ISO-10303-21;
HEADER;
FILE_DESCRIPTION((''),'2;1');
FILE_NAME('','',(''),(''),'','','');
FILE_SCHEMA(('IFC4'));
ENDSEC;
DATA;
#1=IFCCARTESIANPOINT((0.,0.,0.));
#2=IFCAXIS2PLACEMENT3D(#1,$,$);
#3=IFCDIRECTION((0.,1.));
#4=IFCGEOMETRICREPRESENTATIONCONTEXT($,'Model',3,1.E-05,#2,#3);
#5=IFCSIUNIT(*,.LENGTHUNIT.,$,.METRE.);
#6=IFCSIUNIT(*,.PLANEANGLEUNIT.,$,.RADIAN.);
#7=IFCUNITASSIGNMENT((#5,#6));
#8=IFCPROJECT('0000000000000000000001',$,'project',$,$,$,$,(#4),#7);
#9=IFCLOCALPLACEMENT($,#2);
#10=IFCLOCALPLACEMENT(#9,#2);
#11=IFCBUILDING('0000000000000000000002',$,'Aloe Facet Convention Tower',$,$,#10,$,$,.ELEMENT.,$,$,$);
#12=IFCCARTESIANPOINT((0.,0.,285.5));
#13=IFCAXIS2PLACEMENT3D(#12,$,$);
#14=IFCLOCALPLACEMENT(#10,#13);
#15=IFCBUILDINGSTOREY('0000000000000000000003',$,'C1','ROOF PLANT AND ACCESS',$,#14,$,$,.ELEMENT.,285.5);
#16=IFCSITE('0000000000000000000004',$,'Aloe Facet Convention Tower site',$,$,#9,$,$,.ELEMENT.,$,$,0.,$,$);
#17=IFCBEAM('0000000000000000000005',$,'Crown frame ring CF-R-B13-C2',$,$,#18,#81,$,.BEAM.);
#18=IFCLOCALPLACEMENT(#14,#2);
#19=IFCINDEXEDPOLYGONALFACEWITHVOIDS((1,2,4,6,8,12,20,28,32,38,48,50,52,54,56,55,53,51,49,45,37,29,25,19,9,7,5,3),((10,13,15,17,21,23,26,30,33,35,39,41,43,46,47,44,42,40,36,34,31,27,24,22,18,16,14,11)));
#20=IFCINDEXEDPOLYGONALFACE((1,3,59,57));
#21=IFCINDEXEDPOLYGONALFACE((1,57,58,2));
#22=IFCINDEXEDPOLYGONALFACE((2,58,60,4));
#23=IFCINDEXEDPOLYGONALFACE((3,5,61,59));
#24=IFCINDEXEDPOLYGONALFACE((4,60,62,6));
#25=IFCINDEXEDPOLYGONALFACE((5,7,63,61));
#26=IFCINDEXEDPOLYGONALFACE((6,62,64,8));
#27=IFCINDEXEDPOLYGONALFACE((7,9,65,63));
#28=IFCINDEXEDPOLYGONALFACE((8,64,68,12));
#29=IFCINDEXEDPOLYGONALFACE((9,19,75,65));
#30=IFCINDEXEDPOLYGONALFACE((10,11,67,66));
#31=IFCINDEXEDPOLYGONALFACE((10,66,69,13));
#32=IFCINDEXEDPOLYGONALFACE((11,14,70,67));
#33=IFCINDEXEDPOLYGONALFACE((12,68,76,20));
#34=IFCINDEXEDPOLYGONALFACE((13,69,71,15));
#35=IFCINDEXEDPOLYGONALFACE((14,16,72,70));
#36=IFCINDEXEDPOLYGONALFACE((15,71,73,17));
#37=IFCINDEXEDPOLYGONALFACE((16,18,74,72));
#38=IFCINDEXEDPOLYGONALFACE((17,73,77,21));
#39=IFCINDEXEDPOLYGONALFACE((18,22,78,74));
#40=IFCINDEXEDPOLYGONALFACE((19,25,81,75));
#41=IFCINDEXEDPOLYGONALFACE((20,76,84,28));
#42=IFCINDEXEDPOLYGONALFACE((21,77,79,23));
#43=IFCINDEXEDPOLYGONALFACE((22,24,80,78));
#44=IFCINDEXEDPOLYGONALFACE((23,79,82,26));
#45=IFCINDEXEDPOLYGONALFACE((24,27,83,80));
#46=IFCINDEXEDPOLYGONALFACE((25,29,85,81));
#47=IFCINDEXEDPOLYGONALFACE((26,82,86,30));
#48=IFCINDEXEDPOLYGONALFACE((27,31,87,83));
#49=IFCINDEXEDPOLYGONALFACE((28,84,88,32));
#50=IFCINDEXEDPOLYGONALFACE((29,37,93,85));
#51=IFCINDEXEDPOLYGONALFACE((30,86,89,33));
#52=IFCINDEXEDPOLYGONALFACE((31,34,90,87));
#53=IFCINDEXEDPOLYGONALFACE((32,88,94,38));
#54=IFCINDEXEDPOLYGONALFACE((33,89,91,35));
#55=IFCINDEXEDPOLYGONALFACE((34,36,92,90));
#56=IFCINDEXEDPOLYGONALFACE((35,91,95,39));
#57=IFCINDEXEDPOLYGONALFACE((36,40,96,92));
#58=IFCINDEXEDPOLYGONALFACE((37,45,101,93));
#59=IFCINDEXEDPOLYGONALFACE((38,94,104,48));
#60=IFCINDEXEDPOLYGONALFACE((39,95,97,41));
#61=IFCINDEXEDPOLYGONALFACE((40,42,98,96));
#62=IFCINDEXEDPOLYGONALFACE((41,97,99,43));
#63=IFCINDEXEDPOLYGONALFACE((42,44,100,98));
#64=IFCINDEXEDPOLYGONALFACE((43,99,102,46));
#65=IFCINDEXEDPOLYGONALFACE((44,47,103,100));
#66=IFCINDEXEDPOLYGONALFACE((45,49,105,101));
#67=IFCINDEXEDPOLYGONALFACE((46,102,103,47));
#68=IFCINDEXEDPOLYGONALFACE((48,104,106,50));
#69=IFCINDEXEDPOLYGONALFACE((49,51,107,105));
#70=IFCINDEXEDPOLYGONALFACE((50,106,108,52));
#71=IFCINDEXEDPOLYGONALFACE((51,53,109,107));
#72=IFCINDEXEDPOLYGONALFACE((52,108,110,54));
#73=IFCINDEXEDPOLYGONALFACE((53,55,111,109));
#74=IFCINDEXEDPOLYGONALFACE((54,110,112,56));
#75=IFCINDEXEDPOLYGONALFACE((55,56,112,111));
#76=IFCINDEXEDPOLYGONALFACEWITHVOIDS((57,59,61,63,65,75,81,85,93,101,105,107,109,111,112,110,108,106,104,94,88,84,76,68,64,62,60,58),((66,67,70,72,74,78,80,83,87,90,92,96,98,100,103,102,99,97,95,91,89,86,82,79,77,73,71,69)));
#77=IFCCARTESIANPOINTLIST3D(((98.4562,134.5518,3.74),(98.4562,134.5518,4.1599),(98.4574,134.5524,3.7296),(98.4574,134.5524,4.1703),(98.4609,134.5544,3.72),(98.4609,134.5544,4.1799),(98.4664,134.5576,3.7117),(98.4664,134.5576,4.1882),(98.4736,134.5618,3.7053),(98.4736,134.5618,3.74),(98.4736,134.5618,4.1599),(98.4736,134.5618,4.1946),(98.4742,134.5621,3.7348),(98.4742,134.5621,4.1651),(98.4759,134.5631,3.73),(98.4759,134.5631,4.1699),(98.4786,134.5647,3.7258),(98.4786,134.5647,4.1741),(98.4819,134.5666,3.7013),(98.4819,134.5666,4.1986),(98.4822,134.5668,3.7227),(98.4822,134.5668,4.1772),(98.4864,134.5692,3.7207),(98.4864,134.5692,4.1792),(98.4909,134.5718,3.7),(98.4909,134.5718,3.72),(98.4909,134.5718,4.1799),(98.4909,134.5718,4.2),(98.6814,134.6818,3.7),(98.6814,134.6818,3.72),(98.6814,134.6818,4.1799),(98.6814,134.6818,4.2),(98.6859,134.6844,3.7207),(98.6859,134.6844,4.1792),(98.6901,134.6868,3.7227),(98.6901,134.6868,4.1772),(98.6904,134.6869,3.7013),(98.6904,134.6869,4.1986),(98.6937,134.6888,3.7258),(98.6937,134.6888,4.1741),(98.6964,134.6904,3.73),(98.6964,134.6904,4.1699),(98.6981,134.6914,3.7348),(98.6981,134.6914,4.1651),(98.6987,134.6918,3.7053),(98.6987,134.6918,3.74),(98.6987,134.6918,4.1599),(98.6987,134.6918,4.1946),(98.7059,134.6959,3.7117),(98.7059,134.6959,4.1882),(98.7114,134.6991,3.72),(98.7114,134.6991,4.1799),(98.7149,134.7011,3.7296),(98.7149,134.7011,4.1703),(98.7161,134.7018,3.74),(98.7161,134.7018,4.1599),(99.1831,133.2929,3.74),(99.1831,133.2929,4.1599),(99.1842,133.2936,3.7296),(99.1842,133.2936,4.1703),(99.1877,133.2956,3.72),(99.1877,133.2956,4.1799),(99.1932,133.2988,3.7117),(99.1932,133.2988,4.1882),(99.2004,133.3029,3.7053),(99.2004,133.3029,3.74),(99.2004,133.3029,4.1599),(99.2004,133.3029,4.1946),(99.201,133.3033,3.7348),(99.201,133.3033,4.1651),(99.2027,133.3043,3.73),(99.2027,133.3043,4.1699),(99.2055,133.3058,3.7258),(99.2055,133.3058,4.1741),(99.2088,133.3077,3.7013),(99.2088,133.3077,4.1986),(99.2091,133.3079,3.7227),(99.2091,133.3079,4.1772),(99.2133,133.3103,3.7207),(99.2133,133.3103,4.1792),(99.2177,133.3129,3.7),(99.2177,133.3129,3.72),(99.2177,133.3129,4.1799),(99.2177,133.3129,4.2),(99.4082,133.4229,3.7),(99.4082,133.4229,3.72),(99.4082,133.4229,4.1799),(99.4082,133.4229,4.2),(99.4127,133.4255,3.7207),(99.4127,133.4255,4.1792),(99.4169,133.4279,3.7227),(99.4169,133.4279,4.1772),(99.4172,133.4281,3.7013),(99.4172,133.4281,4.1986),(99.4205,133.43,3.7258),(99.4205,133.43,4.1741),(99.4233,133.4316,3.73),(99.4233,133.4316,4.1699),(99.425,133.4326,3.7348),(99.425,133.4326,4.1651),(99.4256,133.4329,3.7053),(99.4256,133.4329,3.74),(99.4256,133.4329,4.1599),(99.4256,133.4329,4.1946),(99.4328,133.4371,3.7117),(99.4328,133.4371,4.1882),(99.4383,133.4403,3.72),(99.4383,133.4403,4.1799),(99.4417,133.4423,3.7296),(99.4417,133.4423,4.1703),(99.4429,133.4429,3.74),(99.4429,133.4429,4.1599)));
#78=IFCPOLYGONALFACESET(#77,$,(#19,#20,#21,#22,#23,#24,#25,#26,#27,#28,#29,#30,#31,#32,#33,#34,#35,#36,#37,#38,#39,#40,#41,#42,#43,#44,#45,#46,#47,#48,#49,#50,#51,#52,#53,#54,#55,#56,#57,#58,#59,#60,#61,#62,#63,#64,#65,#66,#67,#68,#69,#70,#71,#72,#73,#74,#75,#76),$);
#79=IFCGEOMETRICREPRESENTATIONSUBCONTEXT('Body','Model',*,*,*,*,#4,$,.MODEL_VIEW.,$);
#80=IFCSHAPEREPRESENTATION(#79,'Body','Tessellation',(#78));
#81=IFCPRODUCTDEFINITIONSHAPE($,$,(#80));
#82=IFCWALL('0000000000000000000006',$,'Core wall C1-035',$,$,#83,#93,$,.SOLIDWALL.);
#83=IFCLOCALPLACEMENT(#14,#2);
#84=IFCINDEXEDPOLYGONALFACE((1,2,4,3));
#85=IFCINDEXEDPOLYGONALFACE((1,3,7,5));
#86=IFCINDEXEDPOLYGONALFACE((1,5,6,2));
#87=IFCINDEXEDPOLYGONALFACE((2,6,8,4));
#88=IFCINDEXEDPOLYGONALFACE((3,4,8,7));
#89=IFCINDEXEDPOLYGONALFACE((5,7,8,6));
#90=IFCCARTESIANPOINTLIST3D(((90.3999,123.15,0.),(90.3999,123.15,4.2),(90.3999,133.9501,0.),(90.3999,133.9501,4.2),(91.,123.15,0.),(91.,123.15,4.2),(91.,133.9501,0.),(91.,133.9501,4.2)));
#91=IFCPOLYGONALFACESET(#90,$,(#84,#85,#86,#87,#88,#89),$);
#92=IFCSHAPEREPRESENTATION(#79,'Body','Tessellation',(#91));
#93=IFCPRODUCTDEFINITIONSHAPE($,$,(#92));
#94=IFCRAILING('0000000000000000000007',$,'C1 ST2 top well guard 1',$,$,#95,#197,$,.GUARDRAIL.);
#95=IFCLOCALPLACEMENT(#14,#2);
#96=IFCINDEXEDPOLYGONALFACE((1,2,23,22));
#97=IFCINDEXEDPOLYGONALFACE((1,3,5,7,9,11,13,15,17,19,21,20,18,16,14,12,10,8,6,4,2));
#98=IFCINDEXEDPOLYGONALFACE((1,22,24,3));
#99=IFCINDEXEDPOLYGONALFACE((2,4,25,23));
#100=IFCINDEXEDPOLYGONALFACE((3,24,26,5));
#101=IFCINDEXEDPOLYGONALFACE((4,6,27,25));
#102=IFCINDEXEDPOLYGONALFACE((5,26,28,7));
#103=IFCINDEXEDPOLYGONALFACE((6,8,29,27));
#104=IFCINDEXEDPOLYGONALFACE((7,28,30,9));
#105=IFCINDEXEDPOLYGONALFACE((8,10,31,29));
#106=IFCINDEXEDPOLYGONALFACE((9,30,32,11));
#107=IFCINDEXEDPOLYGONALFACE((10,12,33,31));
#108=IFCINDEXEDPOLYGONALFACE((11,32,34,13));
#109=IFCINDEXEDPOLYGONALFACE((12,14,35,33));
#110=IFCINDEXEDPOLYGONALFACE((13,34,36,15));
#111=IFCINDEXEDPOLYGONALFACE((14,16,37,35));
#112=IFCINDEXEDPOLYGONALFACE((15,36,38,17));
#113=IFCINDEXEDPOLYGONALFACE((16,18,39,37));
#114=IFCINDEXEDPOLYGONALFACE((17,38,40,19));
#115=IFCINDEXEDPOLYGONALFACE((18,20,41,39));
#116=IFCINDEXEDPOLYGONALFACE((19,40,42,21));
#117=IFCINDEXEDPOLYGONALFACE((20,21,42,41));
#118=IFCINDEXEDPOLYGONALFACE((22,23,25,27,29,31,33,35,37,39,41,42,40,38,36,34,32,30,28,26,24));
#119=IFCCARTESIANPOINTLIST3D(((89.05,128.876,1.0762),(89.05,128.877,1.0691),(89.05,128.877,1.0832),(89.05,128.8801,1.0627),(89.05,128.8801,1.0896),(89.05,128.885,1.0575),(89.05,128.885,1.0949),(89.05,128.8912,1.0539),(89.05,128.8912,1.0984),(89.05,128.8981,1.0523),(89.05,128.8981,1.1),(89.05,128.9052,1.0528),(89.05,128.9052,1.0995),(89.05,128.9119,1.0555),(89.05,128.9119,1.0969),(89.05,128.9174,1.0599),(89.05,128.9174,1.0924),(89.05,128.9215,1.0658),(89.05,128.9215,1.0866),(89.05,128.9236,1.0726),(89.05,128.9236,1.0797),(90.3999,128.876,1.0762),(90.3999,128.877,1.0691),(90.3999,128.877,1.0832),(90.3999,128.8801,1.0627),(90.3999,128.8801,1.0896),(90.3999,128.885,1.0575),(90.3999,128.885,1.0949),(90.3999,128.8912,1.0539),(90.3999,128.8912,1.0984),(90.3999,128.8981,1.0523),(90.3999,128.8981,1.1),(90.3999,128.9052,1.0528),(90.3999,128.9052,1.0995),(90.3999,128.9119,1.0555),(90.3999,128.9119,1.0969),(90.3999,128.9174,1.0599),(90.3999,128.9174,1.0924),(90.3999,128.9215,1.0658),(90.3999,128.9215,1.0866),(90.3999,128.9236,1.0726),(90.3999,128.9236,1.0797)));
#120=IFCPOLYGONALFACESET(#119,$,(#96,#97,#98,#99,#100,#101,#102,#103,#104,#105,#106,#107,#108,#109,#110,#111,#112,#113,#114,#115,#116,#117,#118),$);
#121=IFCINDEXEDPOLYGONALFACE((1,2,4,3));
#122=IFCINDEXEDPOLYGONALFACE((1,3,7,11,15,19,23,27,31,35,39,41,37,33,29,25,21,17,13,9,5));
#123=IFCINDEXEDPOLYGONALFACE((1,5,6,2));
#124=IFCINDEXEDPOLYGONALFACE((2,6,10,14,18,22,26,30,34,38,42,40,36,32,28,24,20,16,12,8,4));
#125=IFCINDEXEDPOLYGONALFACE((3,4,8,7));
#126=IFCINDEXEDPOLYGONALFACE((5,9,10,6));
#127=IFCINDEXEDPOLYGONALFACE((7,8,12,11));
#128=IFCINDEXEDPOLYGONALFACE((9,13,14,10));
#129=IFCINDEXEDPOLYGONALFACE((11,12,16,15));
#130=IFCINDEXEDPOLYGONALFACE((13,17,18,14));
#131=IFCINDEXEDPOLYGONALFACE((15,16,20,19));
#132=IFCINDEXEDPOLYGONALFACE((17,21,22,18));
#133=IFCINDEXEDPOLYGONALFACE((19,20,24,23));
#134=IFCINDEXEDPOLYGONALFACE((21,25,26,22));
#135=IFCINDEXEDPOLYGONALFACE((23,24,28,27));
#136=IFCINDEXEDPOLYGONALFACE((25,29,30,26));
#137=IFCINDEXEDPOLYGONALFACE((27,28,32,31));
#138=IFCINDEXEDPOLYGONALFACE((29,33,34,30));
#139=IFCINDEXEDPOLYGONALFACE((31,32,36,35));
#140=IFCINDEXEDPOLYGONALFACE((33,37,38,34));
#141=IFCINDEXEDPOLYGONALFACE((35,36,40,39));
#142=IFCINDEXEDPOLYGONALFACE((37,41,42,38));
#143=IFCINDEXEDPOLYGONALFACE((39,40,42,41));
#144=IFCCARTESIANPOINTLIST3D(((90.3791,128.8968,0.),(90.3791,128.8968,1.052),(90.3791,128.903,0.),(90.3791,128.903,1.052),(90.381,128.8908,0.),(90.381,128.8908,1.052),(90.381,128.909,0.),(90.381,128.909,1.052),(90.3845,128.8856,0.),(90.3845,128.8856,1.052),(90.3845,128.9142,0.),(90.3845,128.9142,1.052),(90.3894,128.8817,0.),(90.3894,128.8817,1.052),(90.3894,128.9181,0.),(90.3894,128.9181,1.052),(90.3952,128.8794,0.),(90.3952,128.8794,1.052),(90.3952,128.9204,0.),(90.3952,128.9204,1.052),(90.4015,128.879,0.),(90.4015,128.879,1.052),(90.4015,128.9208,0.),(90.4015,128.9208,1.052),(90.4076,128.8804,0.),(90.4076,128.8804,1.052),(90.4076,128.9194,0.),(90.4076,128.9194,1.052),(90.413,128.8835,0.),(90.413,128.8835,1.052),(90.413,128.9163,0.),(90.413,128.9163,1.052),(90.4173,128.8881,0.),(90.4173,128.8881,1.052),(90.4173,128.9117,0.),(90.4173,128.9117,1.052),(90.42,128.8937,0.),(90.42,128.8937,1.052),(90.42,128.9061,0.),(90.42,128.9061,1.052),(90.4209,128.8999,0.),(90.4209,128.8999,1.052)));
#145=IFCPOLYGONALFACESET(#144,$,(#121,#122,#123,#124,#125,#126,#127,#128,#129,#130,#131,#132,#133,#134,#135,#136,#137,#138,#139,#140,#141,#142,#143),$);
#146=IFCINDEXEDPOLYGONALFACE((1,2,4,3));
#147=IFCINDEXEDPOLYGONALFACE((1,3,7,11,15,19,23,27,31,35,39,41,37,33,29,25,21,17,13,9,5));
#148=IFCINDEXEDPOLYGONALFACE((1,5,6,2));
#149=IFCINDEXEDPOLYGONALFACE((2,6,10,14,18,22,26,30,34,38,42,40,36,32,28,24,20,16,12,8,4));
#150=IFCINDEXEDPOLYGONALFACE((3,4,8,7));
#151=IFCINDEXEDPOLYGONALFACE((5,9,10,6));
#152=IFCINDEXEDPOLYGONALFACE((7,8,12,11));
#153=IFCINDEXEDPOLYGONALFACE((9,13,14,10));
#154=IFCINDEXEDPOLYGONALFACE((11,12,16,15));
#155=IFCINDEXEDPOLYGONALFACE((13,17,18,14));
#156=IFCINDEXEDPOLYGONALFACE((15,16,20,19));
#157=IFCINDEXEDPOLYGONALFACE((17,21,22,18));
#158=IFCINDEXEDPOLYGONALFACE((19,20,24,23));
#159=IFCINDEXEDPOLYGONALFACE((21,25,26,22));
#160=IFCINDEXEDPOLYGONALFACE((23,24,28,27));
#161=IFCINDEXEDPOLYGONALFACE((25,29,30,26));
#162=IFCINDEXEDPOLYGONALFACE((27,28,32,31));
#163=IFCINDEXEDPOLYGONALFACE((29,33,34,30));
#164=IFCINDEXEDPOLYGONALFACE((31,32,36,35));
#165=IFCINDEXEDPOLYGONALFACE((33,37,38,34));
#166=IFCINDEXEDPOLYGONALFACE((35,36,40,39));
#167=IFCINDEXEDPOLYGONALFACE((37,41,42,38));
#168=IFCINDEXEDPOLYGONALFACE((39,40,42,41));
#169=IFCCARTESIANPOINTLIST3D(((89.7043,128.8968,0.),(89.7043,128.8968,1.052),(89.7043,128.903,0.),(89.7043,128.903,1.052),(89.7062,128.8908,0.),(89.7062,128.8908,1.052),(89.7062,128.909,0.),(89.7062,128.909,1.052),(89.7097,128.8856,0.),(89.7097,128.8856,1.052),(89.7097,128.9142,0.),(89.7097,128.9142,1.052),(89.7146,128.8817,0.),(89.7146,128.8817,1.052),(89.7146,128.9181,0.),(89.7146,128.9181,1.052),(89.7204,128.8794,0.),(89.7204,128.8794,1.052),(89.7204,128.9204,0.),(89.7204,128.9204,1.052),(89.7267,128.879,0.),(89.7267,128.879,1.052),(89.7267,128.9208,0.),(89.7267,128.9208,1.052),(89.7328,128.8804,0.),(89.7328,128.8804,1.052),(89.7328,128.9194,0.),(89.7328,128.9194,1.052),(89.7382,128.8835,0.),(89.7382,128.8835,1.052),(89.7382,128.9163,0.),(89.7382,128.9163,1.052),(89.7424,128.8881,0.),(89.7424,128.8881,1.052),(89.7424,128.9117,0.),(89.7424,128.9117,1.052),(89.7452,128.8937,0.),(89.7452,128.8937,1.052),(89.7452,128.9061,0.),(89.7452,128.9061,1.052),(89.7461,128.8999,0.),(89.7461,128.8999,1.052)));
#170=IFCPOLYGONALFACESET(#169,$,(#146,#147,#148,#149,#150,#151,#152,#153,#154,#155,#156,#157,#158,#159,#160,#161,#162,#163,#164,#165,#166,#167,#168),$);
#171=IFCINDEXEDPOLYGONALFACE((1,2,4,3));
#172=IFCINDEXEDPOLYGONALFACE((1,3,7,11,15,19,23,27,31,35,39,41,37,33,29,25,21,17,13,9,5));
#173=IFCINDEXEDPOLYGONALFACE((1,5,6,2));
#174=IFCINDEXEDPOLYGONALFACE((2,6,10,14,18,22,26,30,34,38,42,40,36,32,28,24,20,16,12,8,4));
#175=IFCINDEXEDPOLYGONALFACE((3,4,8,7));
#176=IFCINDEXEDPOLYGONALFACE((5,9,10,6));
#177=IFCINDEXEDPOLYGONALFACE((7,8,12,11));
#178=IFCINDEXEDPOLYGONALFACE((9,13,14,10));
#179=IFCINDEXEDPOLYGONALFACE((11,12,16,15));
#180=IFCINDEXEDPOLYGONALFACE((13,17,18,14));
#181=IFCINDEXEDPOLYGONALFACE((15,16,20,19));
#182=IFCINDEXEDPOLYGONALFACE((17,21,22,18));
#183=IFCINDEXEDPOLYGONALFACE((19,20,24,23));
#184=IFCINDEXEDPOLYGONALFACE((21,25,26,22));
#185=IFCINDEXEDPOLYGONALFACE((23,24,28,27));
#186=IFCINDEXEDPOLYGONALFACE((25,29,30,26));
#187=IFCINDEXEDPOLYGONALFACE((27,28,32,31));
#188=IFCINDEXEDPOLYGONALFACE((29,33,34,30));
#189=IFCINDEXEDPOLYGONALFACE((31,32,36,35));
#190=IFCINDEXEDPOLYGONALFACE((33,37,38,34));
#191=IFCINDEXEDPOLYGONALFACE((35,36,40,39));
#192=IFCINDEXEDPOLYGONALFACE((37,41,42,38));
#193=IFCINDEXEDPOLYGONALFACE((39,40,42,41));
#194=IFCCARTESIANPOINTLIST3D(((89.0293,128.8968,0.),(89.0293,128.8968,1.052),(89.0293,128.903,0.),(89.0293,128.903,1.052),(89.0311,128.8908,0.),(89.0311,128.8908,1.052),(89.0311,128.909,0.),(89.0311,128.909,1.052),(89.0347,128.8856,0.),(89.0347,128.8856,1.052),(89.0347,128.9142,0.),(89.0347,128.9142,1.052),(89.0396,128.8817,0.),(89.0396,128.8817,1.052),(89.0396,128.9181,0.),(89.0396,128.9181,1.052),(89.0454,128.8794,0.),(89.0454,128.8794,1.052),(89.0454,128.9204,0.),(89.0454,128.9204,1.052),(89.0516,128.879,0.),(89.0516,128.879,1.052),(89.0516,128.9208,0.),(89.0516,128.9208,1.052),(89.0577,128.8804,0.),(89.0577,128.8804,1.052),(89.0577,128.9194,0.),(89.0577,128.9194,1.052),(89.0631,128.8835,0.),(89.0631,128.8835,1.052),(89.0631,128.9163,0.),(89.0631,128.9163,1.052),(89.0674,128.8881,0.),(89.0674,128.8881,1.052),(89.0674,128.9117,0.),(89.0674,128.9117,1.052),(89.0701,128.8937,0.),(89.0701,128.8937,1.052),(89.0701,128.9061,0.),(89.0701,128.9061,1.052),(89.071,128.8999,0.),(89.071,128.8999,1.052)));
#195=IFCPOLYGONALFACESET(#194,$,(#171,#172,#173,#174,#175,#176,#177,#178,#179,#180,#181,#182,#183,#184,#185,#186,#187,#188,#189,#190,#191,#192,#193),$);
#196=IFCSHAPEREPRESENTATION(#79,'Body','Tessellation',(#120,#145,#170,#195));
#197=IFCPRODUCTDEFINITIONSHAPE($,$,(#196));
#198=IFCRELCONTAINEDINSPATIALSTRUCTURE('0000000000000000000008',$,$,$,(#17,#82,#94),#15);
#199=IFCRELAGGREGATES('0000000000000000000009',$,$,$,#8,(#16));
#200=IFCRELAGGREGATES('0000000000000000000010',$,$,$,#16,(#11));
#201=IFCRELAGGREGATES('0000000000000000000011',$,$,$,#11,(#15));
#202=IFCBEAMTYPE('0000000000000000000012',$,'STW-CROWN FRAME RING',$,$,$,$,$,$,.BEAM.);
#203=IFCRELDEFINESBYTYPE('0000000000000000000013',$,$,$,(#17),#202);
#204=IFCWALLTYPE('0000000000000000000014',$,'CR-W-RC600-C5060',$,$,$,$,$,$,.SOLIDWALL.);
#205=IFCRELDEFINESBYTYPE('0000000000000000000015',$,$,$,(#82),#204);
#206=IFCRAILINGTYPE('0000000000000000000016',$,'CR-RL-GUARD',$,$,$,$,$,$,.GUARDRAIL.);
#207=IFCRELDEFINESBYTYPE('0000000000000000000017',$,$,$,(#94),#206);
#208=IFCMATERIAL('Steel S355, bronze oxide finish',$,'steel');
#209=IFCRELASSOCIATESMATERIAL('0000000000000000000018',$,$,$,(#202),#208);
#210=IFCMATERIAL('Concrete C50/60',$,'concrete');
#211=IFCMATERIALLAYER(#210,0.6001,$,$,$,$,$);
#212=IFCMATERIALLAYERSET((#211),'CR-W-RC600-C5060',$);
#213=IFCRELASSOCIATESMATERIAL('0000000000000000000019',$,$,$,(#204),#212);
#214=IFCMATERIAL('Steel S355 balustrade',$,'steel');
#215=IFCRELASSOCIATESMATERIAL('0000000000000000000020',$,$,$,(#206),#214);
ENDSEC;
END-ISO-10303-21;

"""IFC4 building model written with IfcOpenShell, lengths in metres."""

from ifc_helpers import new_model, si_unit, direction, frame, frame_2d, origin, origin_2d, place, context, subcontext, project, spatial, rectangle, hollow_rectangle, circle, extrude, material, layer, layer_set, material_profile, profile_set, type_object, element, save


model = new_model("IFC4")

# Units and contexts
model_context = context("Model", 3, precision=1e-05, world=origin(), true_north=direction((0.0, 1.0)))
body_context = subcontext(model_context, "Body", "Model", "MODEL_VIEW")
ifc_project = project(units=[si_unit("LENGTHUNIT", "METRE"), si_unit("PLANEANGLEUNIT", "RADIAN")], contexts=[model_context])

# Site, building, storey
site_placement = place(None, origin())
site = spatial("IfcSite", under=ifc_project, at=site_placement, Name="Aloe Facet Convention Tower site", CompositionType="ELEMENT", RefElevation=0.0)
building_placement = place(site_placement, origin())
building = spatial("IfcBuilding", under=site, at=building_placement, Name="Aloe Facet Convention Tower", CompositionType="ELEMENT")
storey_placement = place(building_placement, frame((0.0, 0.0, 285.5)))
storey = spatial("IfcBuildingStorey", under=building, at=storey_placement, Name="C1", Description="ROOF PLANT AND ACCESS", CompositionType="ELEMENT", Elevation=285.5)

# Beam
ifc_material_1 = material(Name="Steel S355, bronze oxide finish", Category="steel")
ifc_material_profile_1 = material_profile(ifc_material_1, hollow_rectangle(XDim=0.3, YDim=0.5, WallThickness=0.02, InnerFilletRadius=0.02, OuterFilletRadius=0.04, at=origin_2d()), Name="RHS 500x300x20")
ifc_profile_set_1 = profile_set([ifc_material_profile_1], Name="Steel S355, bronze oxide finish")
beam_type = type_object("IfcBeamType", Name="STW-CROWN FRAME RING", PredefinedType="BEAM", material=ifc_profile_set_1)
for number, where, z_axis, x_axis, name in (
    (1, (99.313, 133.3679, 3.95), (-0.500023, 0.866012, 0.0), (-0.866012, -0.500023, 0.0), "Crown frame ring CF-R-B13-C2"),
):
    element("IfcBeam", number, at=place(storey_placement, frame(where, z_axis=z_axis, x_axis=x_axis)), inside=storey, type_object=beam_type, Name=name, PredefinedType="BEAM", context=body_context, shape_type="SweptSolid", body=[
        extrude(hollow_rectangle(XDim=0.3, YDim=0.5, WallThickness=0.02, InnerFilletRadius=0.02, OuterFilletRadius=0.04, at=origin_2d()), origin(), (0.0, 0.0, 1.0), 1.4536),
    ])

# Wall
ifc_material_2 = material(Name="Concrete C50/60", Category="concrete")
ifc_layer_1 = layer(ifc_material_2, 0.6001)
ifc_layer_set_1 = layer_set([ifc_layer_1], Name="CR-W-RC600-C5060")
wall_type = type_object("IfcWallType", Name="CR-W-RC600-C5060", PredefinedType="SOLIDWALL", material=ifc_layer_set_1)
wall_placement = place(storey_placement, frame((90.7, 133.95, 0.0), z_axis=(0.0, 0.0, 1.0), x_axis=(0.0, -1.0, 0.0)))
element("IfcWall", 2, at=wall_placement, inside=storey, type_object=wall_type, Name="Core wall C1-035", PredefinedType="SOLIDWALL", context=body_context, shape_type="SweptSolid", body=[
    extrude(rectangle(XDim=10.8, YDim=0.6001, at=frame_2d((5.3999, 0.0))), origin(), (0.0, 0.0, 1.0), 4.2),
])

# Railing
ifc_material_3 = material(Name="Steel S355 balustrade", Category="steel")
railing_type = type_object("IfcRailingType", Name="CR-RL-GUARD", PredefinedType="GUARDRAIL", material=ifc_material_3)
railing_placement = place(storey_placement, frame((90.3999, 128.8999, 0.0)))
element("IfcRailing", 3, at=railing_placement, inside=storey, type_object=railing_type, Name="C1 ST2 top well guard 1", PredefinedType="GUARDRAIL", context=body_context, shape_type="SweptSolid", body=[
    extrude(circle(Radius=0.0239, at=origin_2d()), frame((0.0, 0.0, 1.0762), z_axis=(-1.0, 0.0, 0.0), x_axis=(0.0, -1.0, 0.0)), (0.0, 0.0, 1.0), 1.3499),
    extrude(circle(Radius=0.021, at=origin_2d()), origin(), (0.0, 0.0, 1.0), 1.052),
    extrude(circle(Radius=0.021, at=origin_2d()), frame((-0.6748, 0.0, 0.0)), (0.0, 0.0, 1.0), 1.052),
    extrude(circle(Radius=0.021, at=origin_2d()), frame((-1.3499, 0.0, 0.0)), (0.0, 0.0, 1.0), 1.052),
])

save(model, "model.ifc")
